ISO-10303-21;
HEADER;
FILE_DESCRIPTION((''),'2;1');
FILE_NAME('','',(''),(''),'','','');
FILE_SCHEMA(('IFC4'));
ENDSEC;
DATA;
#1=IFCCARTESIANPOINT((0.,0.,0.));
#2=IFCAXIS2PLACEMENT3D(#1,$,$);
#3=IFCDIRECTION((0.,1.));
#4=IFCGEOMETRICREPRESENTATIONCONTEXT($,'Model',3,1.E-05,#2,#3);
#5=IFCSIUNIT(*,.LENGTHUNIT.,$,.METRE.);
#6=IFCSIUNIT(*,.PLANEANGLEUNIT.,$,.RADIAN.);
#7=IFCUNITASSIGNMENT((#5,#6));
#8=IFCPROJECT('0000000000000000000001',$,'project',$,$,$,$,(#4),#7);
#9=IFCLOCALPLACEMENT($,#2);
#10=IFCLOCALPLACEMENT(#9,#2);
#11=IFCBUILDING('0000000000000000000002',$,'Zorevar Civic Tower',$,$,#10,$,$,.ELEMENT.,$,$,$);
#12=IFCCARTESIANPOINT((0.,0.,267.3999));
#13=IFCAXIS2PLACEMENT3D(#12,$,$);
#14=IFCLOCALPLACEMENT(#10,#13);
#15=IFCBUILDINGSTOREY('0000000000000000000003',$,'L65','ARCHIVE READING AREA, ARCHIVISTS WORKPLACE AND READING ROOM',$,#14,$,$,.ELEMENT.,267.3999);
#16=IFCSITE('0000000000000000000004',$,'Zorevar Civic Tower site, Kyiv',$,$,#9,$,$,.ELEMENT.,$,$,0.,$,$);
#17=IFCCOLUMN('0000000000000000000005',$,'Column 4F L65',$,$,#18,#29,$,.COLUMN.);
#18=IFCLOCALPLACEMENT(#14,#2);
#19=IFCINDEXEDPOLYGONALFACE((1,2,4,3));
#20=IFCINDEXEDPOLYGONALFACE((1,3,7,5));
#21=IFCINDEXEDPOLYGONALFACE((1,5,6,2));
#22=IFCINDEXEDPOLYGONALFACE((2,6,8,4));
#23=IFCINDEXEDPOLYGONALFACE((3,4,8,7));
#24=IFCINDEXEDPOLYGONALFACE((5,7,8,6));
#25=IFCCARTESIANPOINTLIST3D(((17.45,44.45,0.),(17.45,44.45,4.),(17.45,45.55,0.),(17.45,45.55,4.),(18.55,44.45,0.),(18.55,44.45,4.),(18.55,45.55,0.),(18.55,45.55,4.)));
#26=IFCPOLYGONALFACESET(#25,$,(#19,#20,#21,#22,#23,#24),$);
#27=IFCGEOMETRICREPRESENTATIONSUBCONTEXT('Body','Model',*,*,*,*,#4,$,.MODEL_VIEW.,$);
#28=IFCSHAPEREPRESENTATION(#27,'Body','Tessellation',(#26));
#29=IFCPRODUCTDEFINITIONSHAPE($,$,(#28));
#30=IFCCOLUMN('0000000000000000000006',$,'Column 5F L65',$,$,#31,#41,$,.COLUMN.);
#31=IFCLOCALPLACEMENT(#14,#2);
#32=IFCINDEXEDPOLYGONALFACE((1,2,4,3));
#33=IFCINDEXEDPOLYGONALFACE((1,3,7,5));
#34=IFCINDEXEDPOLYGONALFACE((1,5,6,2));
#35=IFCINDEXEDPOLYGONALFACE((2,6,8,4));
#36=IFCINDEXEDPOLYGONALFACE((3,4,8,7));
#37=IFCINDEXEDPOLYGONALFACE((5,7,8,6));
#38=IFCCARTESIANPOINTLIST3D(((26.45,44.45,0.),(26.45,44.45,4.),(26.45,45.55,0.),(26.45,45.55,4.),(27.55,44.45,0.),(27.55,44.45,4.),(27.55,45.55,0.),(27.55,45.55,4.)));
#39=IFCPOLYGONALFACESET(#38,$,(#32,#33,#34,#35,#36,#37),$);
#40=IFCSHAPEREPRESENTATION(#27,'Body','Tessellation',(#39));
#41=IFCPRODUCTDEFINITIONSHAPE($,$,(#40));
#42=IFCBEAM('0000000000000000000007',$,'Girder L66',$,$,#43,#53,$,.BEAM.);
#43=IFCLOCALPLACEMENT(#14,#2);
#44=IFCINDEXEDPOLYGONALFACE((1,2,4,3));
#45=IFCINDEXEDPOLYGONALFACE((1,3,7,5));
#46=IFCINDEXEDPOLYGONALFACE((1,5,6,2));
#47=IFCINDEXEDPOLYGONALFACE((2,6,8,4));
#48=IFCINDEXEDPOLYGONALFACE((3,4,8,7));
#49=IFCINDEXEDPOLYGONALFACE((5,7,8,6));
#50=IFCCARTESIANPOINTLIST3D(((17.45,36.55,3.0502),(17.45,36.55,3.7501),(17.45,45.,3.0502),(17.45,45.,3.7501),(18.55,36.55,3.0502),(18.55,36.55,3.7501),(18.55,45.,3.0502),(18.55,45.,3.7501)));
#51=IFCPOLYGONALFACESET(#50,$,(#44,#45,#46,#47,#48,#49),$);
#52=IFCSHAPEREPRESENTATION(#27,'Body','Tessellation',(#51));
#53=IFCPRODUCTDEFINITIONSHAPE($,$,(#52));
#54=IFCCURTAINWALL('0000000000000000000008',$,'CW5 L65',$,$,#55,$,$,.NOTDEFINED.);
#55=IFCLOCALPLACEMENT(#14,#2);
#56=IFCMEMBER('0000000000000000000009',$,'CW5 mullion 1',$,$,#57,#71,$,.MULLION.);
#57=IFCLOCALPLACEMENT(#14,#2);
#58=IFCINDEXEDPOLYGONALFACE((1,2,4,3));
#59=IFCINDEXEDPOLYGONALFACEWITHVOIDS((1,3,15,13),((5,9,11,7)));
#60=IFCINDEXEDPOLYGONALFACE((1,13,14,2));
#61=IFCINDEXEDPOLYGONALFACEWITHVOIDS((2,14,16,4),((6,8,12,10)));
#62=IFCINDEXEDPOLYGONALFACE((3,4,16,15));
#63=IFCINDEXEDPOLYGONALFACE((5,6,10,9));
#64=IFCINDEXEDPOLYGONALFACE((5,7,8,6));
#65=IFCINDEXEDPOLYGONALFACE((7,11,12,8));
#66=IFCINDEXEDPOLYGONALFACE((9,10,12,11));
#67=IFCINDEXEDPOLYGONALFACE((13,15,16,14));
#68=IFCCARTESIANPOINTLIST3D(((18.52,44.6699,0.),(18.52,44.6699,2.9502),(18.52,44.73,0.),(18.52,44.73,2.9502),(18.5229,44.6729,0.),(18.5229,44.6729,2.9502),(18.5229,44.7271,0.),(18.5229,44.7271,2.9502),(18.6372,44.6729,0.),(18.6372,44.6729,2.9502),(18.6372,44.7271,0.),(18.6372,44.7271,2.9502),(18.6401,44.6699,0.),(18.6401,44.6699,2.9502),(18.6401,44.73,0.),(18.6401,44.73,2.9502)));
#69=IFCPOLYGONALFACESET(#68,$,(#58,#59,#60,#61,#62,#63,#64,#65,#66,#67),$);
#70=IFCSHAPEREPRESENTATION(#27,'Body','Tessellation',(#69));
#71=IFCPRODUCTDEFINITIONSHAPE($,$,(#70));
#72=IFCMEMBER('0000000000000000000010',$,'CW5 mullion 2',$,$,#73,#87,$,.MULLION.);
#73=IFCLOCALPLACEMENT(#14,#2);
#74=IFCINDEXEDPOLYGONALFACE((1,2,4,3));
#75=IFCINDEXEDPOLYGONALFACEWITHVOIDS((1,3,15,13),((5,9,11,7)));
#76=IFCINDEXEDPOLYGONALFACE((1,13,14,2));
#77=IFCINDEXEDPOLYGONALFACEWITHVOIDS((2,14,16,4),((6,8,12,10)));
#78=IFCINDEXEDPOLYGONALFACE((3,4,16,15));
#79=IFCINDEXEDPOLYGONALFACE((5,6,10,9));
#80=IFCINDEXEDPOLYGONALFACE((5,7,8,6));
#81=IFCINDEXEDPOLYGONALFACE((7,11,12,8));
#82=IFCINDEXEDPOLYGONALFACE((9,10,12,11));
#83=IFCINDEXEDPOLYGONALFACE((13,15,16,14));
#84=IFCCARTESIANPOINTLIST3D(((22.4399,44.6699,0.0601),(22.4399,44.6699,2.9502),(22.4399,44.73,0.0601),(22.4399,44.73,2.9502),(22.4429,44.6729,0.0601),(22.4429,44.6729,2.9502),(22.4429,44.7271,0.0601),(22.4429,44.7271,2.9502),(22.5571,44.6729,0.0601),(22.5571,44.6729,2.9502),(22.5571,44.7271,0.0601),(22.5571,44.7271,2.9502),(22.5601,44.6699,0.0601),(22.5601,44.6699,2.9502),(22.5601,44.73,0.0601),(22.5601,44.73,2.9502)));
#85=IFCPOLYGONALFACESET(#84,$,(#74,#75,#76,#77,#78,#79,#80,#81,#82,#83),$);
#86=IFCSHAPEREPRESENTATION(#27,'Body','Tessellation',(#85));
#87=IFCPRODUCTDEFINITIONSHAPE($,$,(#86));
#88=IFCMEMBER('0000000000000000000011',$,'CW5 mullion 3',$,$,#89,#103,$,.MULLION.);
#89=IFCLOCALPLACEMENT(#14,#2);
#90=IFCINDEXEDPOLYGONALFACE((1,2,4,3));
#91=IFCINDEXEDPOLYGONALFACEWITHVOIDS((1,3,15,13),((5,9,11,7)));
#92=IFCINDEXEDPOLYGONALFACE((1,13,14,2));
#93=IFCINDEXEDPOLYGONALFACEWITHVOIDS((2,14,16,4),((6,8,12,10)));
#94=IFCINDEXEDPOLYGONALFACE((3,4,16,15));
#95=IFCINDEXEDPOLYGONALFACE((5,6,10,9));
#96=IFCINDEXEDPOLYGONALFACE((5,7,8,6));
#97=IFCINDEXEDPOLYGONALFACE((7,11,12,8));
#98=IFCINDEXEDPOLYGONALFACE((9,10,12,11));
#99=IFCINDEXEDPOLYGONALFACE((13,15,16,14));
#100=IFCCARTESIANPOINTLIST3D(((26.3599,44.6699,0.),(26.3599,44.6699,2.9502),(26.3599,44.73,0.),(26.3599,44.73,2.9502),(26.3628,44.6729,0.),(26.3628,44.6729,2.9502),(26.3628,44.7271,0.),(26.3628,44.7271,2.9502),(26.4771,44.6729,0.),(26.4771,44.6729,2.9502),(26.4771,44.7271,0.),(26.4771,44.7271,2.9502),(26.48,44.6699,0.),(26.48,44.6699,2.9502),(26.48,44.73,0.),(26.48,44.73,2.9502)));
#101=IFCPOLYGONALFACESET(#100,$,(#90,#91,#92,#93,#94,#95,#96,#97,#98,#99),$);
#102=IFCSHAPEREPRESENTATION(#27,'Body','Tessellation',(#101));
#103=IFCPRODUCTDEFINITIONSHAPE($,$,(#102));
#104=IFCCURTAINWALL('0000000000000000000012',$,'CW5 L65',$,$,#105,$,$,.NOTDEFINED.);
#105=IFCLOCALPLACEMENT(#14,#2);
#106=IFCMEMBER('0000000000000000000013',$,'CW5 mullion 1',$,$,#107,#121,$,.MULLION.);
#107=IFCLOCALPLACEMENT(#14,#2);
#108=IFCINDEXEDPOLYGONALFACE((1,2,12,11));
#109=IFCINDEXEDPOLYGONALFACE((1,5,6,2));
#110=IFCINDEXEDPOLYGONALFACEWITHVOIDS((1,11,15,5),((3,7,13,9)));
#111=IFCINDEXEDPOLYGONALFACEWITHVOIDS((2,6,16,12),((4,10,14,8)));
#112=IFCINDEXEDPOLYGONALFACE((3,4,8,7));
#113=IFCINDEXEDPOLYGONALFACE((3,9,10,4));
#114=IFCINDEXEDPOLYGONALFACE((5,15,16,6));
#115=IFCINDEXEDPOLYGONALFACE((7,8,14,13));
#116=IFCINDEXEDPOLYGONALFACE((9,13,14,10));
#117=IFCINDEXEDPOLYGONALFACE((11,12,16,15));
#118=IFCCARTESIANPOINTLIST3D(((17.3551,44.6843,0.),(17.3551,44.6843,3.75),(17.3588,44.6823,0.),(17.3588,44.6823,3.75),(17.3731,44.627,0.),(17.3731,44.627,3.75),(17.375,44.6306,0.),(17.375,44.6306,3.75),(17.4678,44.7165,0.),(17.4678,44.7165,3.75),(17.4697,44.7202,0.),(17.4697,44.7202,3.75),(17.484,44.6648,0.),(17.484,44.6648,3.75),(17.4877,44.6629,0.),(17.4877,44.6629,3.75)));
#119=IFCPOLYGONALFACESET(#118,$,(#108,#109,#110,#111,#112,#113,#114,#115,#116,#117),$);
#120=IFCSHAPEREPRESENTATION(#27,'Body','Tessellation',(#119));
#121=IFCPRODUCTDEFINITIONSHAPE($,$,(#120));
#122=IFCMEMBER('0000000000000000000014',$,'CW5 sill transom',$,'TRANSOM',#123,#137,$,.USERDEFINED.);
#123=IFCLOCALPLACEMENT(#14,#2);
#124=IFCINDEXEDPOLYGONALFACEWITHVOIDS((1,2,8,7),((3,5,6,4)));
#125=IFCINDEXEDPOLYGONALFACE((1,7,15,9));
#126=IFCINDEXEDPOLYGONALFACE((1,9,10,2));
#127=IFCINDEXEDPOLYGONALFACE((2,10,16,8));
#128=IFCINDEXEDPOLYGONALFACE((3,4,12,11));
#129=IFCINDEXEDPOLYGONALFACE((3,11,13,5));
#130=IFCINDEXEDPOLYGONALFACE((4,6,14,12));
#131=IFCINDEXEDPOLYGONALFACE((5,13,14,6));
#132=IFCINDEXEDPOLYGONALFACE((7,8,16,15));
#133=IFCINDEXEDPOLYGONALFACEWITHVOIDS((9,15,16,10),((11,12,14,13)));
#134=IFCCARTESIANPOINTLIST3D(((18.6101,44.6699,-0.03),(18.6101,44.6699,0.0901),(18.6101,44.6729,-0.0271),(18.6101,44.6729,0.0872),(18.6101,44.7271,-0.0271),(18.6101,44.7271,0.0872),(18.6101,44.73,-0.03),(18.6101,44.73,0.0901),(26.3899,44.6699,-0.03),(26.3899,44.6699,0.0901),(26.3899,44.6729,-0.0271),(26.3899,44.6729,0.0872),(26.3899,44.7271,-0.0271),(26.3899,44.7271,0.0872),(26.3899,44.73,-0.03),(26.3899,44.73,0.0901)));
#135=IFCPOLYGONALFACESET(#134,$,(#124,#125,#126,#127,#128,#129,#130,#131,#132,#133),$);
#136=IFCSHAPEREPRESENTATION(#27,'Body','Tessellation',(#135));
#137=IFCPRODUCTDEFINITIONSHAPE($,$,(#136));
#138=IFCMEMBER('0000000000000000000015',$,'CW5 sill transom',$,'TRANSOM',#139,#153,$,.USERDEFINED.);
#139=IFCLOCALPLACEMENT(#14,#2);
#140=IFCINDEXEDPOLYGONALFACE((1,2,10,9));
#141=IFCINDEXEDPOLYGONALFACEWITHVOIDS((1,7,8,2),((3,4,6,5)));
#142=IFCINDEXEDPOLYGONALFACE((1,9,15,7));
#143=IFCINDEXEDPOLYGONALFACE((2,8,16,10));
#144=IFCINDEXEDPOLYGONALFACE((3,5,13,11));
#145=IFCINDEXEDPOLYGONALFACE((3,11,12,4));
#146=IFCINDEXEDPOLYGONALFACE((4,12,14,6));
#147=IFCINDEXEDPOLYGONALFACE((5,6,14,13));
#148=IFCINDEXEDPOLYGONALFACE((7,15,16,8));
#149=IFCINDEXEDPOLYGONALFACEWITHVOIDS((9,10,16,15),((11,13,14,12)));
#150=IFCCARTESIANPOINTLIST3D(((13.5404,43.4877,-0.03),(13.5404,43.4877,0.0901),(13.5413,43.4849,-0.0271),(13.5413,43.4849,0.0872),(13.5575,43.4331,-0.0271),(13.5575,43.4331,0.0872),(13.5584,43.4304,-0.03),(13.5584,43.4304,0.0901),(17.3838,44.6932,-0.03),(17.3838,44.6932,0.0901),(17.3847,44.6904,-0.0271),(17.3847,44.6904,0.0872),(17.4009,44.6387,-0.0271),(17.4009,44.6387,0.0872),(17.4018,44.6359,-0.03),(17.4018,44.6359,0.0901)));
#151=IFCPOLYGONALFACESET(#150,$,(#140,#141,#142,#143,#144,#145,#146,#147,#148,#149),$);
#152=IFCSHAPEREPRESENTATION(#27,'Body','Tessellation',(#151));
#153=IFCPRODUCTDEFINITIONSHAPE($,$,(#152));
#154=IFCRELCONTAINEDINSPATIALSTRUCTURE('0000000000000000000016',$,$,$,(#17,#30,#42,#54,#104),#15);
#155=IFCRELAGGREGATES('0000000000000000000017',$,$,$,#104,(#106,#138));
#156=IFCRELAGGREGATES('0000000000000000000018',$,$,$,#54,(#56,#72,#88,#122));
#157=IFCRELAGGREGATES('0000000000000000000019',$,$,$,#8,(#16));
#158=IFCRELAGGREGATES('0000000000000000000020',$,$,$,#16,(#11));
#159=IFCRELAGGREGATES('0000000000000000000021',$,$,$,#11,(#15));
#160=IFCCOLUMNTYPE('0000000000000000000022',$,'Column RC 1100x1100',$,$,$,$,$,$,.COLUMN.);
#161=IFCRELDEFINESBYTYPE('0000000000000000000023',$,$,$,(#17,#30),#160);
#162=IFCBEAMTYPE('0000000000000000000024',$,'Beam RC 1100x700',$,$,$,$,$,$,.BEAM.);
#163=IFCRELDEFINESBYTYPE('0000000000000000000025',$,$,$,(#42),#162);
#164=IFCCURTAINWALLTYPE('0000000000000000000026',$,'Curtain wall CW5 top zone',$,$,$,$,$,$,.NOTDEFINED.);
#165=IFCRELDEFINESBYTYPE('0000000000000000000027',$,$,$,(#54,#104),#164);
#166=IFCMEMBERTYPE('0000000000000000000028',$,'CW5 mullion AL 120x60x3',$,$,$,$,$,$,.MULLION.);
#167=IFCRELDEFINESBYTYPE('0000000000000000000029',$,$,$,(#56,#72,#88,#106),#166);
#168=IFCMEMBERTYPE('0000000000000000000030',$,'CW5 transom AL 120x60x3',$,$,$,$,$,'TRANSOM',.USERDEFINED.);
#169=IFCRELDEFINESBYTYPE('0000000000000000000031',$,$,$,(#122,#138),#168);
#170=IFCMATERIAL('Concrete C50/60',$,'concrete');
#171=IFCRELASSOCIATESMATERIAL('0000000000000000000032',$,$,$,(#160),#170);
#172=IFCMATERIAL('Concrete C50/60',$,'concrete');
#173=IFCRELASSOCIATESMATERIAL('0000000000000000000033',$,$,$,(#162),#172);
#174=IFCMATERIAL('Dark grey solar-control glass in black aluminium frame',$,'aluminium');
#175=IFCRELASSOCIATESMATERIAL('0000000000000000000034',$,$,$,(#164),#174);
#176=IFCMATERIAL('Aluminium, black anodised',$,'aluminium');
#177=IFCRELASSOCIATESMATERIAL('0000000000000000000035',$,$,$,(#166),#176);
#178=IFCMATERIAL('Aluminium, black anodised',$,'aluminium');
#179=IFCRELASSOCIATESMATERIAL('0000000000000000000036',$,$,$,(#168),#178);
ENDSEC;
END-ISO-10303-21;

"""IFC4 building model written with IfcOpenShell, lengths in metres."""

from ifc_helpers import new_model, si_unit, direction, frame, origin, origin_2d, place, context, subcontext, project, spatial, rectangle, hollow_rectangle, extrude, material, material_profile, profile_set, type_object, element, aggregate, save


model = new_model("IFC4")

# Units and contexts
model_context = context("Model", 3, precision=1e-05, world=origin(), true_north=direction((0.0, 1.0)))
body_context = subcontext(model_context, "Body", "Model", "MODEL_VIEW")
ifc_project = project(units=[si_unit("LENGTHUNIT", "METRE"), si_unit("PLANEANGLEUNIT", "RADIAN")], contexts=[model_context])

# Site, building, storey
site_placement = place(None, origin())
site = spatial("IfcSite", under=ifc_project, at=site_placement, Name="Zorevar Civic Tower site, Kyiv", CompositionType="ELEMENT", RefElevation=0.0)
building_placement = place(site_placement, origin())
building = spatial("IfcBuilding", under=site, at=building_placement, Name="Zorevar Civic Tower", CompositionType="ELEMENT")
storey_placement = place(building_placement, frame((0.0, 0.0, 267.3999)))
storey = spatial("IfcBuildingStorey", under=building, at=storey_placement, Name="L65", Description="ARCHIVE READING AREA, ARCHIVISTS WORKPLACE AND READING ROOM", CompositionType="ELEMENT", Elevation=267.3999)

# Columns
ifc_material_1 = material(Name="Concrete C50/60", Category="concrete")
ifc_material_profile_1 = material_profile(ifc_material_1, rectangle(XDim=1.1001, YDim=1.1001, at=origin_2d()), Name="RC 1100x1100")
ifc_profile_set_1 = profile_set([ifc_material_profile_1], Name="Concrete C50/60")
column_type = type_object("IfcColumnType", Name="Column RC 1100x1100", PredefinedType="COLUMN", material=ifc_profile_set_1)
for number, where, z_axis, x_axis, name in (
    (1, (18.0, 45.0, 0.0), (0.0, 0.0, 1.0), (1.0, 0.0, 0.0), "Column 4F L65"),
    (2, (27.0, 45.0, 0.0), (0.0, 0.0, 1.0), (1.0, 0.0, 0.0), "Column 5F L65"),
):
    element("IfcColumn", number, at=place(storey_placement, frame(where, z_axis=z_axis, x_axis=x_axis)), inside=storey, type_object=column_type, Name=name, PredefinedType="COLUMN", context=body_context, shape_type="SweptSolid", body=[
        extrude(rectangle(XDim=1.1001, YDim=1.1001, at=origin_2d()), origin(), (0.0, 0.0, 1.0), 4.0),
    ])

# Beam
ifc_material_2 = material(Name="Concrete C50/60", Category="concrete")
ifc_material_profile_2 = material_profile(ifc_material_2, rectangle(XDim=1.1001, YDim=0.7, at=origin_2d()), Name="RC 1100x700")
ifc_profile_set_2 = profile_set([ifc_material_profile_2], Name="Concrete C50/60")
beam_type_1 = type_object("IfcBeamType", Name="Beam RC 1100x700", PredefinedType="BEAM", material=ifc_profile_set_2)
beam_1_placement = place(storey_placement, frame((18.0, 36.55, 3.4001), z_axis=(0.0, 1.0, 0.0), x_axis=(-1.0, 0.0, 0.0)))
element("IfcBeam", 3, at=beam_1_placement, inside=storey, type_object=beam_type_1, Name="Girder L66", PredefinedType="BEAM", context=body_context, shape_type="SweptSolid", body=[
    extrude(rectangle(XDim=1.1001, YDim=0.7, at=origin_2d()), origin(), (0.0, 0.0, 1.0), 8.45),
])

# Curtain wall, members
ifc_material_3 = material(Name="Dark grey solar-control glass in black aluminium frame", Category="aluminium")
curtain_wall_type = type_object("IfcCurtainWallType", Name="Curtain wall CW5 top zone", PredefinedType="NOTDEFINED", material=ifc_material_3)
curtain_wall_1_placement = place(storey_placement, origin())
curtain_wall_1 = element("IfcCurtainWall", 4, at=curtain_wall_1_placement, inside=storey, type_object=curtain_wall_type, Name="CW5 L65", PredefinedType="NOTDEFINED")
ifc_material_4 = material(Name="Aluminium, black anodised", Category="aluminium")
ifc_material_profile_3 = material_profile(ifc_material_4, hollow_rectangle(XDim=0.0601, YDim=0.1201, WallThickness=0.0029, at=origin_2d()), Name="AL 120x60x3")
ifc_profile_set_3 = profile_set([ifc_material_profile_3], Name="Aluminium, black anodised")
member_type_1 = type_object("IfcMemberType", Name="CW5 mullion AL 120x60x3", PredefinedType="MULLION", material=ifc_profile_set_3)
member_1_placement = place(storey_placement, frame((18.5801, 44.7, 0.0), z_axis=(0.0, 0.0, 1.0), x_axis=(0.0, 1.0, 0.0)))
member_1 = element("IfcMember", 5, at=member_1_placement, type_object=member_type_1, Name="CW5 mullion 1", PredefinedType="MULLION", context=body_context, shape_type="SweptSolid", body=[
    extrude(hollow_rectangle(XDim=0.0601, YDim=0.1201, WallThickness=0.0029, at=origin_2d()), origin(), (0.0, 0.0, 1.0), 2.9502),
])
member_2_placement = place(storey_placement, frame((22.5, 44.7, 0.0601), z_axis=(0.0, 0.0, 1.0), x_axis=(0.0, 1.0, 0.0)))
member_2 = element("IfcMember", 6, at=member_2_placement, type_object=member_type_1, Name="CW5 mullion 2", PredefinedType="MULLION", context=body_context, shape_type="SweptSolid", body=[
    extrude(hollow_rectangle(XDim=0.0601, YDim=0.1201, WallThickness=0.0029, at=origin_2d()), origin(), (0.0, 0.0, 1.0), 2.8901),
])
member_3_placement = place(storey_placement, frame((26.4199, 44.7, 0.0), z_axis=(0.0, 0.0, 1.0), x_axis=(0.0, 1.0, 0.0)))
member_3 = element("IfcMember", 7, at=member_3_placement, type_object=member_type_1, Name="CW5 mullion 3", PredefinedType="MULLION", context=body_context, shape_type="SweptSolid", body=[
    extrude(hollow_rectangle(XDim=0.0601, YDim=0.1201, WallThickness=0.0029, at=origin_2d()), origin(), (0.0, 0.0, 1.0), 2.9502),
])

# Curtain wall, member
curtain_wall_2_placement = place(storey_placement, origin())
curtain_wall_2 = element("IfcCurtainWall", 8, at=curtain_wall_2_placement, inside=storey, type_object=curtain_wall_type, Name="CW5 L65", PredefinedType="NOTDEFINED")
member_4_placement = place(storey_placement, frame((17.4214, 44.6736, 0.0), z_axis=(0.0, 0.0, 1.0), x_axis=(0.299318, -0.954153, 0.0)))
member_4 = element("IfcMember", 9, at=member_4_placement, type_object=member_type_1, Name="CW5 mullion 1", PredefinedType="MULLION", context=body_context, shape_type="SweptSolid", body=[
    extrude(hollow_rectangle(XDim=0.0601, YDim=0.1201, WallThickness=0.0029, at=origin_2d()), origin(), (0.0, 0.0, 1.0), 3.75),
])

# Members
ifc_material_5 = material(Name="Aluminium, black anodised", Category="aluminium")
ifc_material_profile_4 = material_profile(ifc_material_5, hollow_rectangle(XDim=0.0601, YDim=0.1201, WallThickness=0.0029, at=origin_2d()), Name="AL 120x60x3")
ifc_profile_set_4 = profile_set([ifc_material_profile_4], Name="Aluminium, black anodised")
member_type_2 = type_object("IfcMemberType", Name="CW5 transom AL 120x60x3", ElementType="TRANSOM", PredefinedType="USERDEFINED", material=ifc_profile_set_4)
member_5_placement = place(storey_placement, frame((18.6101, 44.7, 0.03), z_axis=(1.0, 0.0, 0.0), x_axis=(0.0, 1.0, 0.0)))
member_5 = element("IfcMember", 10, at=member_5_placement, type_object=member_type_2, Name="CW5 sill transom", ObjectType="TRANSOM", PredefinedType="USERDEFINED", context=body_context, shape_type="SweptSolid", body=[
    extrude(hollow_rectangle(XDim=0.0601, YDim=0.1201, WallThickness=0.0029, at=origin_2d()), origin(), (0.0, 0.0, 1.0), 7.7798),
])
member_6_placement = place(storey_placement, frame((17.3928, 44.6646, 0.03), z_axis=(-0.954163, -0.299286, 0.0), x_axis=(0.299286, -0.954163, 0.0)))
member_6 = element("IfcMember", 11, at=member_6_placement, type_object=member_type_2, Name="CW5 sill transom", ObjectType="TRANSOM", PredefinedType="USERDEFINED", context=body_context, shape_type="SweptSolid", body=[
    extrude(hollow_rectangle(XDim=0.0601, YDim=0.1201, WallThickness=0.0029, at=origin_2d()), origin(), (0.0, 0.0, 1.0), 4.0281),
])
aggregate(curtain_wall_2, [member_4, member_6])

aggregate(curtain_wall_1, [member_1, member_2, member_3, member_5])

save(model, "model.ifc")
